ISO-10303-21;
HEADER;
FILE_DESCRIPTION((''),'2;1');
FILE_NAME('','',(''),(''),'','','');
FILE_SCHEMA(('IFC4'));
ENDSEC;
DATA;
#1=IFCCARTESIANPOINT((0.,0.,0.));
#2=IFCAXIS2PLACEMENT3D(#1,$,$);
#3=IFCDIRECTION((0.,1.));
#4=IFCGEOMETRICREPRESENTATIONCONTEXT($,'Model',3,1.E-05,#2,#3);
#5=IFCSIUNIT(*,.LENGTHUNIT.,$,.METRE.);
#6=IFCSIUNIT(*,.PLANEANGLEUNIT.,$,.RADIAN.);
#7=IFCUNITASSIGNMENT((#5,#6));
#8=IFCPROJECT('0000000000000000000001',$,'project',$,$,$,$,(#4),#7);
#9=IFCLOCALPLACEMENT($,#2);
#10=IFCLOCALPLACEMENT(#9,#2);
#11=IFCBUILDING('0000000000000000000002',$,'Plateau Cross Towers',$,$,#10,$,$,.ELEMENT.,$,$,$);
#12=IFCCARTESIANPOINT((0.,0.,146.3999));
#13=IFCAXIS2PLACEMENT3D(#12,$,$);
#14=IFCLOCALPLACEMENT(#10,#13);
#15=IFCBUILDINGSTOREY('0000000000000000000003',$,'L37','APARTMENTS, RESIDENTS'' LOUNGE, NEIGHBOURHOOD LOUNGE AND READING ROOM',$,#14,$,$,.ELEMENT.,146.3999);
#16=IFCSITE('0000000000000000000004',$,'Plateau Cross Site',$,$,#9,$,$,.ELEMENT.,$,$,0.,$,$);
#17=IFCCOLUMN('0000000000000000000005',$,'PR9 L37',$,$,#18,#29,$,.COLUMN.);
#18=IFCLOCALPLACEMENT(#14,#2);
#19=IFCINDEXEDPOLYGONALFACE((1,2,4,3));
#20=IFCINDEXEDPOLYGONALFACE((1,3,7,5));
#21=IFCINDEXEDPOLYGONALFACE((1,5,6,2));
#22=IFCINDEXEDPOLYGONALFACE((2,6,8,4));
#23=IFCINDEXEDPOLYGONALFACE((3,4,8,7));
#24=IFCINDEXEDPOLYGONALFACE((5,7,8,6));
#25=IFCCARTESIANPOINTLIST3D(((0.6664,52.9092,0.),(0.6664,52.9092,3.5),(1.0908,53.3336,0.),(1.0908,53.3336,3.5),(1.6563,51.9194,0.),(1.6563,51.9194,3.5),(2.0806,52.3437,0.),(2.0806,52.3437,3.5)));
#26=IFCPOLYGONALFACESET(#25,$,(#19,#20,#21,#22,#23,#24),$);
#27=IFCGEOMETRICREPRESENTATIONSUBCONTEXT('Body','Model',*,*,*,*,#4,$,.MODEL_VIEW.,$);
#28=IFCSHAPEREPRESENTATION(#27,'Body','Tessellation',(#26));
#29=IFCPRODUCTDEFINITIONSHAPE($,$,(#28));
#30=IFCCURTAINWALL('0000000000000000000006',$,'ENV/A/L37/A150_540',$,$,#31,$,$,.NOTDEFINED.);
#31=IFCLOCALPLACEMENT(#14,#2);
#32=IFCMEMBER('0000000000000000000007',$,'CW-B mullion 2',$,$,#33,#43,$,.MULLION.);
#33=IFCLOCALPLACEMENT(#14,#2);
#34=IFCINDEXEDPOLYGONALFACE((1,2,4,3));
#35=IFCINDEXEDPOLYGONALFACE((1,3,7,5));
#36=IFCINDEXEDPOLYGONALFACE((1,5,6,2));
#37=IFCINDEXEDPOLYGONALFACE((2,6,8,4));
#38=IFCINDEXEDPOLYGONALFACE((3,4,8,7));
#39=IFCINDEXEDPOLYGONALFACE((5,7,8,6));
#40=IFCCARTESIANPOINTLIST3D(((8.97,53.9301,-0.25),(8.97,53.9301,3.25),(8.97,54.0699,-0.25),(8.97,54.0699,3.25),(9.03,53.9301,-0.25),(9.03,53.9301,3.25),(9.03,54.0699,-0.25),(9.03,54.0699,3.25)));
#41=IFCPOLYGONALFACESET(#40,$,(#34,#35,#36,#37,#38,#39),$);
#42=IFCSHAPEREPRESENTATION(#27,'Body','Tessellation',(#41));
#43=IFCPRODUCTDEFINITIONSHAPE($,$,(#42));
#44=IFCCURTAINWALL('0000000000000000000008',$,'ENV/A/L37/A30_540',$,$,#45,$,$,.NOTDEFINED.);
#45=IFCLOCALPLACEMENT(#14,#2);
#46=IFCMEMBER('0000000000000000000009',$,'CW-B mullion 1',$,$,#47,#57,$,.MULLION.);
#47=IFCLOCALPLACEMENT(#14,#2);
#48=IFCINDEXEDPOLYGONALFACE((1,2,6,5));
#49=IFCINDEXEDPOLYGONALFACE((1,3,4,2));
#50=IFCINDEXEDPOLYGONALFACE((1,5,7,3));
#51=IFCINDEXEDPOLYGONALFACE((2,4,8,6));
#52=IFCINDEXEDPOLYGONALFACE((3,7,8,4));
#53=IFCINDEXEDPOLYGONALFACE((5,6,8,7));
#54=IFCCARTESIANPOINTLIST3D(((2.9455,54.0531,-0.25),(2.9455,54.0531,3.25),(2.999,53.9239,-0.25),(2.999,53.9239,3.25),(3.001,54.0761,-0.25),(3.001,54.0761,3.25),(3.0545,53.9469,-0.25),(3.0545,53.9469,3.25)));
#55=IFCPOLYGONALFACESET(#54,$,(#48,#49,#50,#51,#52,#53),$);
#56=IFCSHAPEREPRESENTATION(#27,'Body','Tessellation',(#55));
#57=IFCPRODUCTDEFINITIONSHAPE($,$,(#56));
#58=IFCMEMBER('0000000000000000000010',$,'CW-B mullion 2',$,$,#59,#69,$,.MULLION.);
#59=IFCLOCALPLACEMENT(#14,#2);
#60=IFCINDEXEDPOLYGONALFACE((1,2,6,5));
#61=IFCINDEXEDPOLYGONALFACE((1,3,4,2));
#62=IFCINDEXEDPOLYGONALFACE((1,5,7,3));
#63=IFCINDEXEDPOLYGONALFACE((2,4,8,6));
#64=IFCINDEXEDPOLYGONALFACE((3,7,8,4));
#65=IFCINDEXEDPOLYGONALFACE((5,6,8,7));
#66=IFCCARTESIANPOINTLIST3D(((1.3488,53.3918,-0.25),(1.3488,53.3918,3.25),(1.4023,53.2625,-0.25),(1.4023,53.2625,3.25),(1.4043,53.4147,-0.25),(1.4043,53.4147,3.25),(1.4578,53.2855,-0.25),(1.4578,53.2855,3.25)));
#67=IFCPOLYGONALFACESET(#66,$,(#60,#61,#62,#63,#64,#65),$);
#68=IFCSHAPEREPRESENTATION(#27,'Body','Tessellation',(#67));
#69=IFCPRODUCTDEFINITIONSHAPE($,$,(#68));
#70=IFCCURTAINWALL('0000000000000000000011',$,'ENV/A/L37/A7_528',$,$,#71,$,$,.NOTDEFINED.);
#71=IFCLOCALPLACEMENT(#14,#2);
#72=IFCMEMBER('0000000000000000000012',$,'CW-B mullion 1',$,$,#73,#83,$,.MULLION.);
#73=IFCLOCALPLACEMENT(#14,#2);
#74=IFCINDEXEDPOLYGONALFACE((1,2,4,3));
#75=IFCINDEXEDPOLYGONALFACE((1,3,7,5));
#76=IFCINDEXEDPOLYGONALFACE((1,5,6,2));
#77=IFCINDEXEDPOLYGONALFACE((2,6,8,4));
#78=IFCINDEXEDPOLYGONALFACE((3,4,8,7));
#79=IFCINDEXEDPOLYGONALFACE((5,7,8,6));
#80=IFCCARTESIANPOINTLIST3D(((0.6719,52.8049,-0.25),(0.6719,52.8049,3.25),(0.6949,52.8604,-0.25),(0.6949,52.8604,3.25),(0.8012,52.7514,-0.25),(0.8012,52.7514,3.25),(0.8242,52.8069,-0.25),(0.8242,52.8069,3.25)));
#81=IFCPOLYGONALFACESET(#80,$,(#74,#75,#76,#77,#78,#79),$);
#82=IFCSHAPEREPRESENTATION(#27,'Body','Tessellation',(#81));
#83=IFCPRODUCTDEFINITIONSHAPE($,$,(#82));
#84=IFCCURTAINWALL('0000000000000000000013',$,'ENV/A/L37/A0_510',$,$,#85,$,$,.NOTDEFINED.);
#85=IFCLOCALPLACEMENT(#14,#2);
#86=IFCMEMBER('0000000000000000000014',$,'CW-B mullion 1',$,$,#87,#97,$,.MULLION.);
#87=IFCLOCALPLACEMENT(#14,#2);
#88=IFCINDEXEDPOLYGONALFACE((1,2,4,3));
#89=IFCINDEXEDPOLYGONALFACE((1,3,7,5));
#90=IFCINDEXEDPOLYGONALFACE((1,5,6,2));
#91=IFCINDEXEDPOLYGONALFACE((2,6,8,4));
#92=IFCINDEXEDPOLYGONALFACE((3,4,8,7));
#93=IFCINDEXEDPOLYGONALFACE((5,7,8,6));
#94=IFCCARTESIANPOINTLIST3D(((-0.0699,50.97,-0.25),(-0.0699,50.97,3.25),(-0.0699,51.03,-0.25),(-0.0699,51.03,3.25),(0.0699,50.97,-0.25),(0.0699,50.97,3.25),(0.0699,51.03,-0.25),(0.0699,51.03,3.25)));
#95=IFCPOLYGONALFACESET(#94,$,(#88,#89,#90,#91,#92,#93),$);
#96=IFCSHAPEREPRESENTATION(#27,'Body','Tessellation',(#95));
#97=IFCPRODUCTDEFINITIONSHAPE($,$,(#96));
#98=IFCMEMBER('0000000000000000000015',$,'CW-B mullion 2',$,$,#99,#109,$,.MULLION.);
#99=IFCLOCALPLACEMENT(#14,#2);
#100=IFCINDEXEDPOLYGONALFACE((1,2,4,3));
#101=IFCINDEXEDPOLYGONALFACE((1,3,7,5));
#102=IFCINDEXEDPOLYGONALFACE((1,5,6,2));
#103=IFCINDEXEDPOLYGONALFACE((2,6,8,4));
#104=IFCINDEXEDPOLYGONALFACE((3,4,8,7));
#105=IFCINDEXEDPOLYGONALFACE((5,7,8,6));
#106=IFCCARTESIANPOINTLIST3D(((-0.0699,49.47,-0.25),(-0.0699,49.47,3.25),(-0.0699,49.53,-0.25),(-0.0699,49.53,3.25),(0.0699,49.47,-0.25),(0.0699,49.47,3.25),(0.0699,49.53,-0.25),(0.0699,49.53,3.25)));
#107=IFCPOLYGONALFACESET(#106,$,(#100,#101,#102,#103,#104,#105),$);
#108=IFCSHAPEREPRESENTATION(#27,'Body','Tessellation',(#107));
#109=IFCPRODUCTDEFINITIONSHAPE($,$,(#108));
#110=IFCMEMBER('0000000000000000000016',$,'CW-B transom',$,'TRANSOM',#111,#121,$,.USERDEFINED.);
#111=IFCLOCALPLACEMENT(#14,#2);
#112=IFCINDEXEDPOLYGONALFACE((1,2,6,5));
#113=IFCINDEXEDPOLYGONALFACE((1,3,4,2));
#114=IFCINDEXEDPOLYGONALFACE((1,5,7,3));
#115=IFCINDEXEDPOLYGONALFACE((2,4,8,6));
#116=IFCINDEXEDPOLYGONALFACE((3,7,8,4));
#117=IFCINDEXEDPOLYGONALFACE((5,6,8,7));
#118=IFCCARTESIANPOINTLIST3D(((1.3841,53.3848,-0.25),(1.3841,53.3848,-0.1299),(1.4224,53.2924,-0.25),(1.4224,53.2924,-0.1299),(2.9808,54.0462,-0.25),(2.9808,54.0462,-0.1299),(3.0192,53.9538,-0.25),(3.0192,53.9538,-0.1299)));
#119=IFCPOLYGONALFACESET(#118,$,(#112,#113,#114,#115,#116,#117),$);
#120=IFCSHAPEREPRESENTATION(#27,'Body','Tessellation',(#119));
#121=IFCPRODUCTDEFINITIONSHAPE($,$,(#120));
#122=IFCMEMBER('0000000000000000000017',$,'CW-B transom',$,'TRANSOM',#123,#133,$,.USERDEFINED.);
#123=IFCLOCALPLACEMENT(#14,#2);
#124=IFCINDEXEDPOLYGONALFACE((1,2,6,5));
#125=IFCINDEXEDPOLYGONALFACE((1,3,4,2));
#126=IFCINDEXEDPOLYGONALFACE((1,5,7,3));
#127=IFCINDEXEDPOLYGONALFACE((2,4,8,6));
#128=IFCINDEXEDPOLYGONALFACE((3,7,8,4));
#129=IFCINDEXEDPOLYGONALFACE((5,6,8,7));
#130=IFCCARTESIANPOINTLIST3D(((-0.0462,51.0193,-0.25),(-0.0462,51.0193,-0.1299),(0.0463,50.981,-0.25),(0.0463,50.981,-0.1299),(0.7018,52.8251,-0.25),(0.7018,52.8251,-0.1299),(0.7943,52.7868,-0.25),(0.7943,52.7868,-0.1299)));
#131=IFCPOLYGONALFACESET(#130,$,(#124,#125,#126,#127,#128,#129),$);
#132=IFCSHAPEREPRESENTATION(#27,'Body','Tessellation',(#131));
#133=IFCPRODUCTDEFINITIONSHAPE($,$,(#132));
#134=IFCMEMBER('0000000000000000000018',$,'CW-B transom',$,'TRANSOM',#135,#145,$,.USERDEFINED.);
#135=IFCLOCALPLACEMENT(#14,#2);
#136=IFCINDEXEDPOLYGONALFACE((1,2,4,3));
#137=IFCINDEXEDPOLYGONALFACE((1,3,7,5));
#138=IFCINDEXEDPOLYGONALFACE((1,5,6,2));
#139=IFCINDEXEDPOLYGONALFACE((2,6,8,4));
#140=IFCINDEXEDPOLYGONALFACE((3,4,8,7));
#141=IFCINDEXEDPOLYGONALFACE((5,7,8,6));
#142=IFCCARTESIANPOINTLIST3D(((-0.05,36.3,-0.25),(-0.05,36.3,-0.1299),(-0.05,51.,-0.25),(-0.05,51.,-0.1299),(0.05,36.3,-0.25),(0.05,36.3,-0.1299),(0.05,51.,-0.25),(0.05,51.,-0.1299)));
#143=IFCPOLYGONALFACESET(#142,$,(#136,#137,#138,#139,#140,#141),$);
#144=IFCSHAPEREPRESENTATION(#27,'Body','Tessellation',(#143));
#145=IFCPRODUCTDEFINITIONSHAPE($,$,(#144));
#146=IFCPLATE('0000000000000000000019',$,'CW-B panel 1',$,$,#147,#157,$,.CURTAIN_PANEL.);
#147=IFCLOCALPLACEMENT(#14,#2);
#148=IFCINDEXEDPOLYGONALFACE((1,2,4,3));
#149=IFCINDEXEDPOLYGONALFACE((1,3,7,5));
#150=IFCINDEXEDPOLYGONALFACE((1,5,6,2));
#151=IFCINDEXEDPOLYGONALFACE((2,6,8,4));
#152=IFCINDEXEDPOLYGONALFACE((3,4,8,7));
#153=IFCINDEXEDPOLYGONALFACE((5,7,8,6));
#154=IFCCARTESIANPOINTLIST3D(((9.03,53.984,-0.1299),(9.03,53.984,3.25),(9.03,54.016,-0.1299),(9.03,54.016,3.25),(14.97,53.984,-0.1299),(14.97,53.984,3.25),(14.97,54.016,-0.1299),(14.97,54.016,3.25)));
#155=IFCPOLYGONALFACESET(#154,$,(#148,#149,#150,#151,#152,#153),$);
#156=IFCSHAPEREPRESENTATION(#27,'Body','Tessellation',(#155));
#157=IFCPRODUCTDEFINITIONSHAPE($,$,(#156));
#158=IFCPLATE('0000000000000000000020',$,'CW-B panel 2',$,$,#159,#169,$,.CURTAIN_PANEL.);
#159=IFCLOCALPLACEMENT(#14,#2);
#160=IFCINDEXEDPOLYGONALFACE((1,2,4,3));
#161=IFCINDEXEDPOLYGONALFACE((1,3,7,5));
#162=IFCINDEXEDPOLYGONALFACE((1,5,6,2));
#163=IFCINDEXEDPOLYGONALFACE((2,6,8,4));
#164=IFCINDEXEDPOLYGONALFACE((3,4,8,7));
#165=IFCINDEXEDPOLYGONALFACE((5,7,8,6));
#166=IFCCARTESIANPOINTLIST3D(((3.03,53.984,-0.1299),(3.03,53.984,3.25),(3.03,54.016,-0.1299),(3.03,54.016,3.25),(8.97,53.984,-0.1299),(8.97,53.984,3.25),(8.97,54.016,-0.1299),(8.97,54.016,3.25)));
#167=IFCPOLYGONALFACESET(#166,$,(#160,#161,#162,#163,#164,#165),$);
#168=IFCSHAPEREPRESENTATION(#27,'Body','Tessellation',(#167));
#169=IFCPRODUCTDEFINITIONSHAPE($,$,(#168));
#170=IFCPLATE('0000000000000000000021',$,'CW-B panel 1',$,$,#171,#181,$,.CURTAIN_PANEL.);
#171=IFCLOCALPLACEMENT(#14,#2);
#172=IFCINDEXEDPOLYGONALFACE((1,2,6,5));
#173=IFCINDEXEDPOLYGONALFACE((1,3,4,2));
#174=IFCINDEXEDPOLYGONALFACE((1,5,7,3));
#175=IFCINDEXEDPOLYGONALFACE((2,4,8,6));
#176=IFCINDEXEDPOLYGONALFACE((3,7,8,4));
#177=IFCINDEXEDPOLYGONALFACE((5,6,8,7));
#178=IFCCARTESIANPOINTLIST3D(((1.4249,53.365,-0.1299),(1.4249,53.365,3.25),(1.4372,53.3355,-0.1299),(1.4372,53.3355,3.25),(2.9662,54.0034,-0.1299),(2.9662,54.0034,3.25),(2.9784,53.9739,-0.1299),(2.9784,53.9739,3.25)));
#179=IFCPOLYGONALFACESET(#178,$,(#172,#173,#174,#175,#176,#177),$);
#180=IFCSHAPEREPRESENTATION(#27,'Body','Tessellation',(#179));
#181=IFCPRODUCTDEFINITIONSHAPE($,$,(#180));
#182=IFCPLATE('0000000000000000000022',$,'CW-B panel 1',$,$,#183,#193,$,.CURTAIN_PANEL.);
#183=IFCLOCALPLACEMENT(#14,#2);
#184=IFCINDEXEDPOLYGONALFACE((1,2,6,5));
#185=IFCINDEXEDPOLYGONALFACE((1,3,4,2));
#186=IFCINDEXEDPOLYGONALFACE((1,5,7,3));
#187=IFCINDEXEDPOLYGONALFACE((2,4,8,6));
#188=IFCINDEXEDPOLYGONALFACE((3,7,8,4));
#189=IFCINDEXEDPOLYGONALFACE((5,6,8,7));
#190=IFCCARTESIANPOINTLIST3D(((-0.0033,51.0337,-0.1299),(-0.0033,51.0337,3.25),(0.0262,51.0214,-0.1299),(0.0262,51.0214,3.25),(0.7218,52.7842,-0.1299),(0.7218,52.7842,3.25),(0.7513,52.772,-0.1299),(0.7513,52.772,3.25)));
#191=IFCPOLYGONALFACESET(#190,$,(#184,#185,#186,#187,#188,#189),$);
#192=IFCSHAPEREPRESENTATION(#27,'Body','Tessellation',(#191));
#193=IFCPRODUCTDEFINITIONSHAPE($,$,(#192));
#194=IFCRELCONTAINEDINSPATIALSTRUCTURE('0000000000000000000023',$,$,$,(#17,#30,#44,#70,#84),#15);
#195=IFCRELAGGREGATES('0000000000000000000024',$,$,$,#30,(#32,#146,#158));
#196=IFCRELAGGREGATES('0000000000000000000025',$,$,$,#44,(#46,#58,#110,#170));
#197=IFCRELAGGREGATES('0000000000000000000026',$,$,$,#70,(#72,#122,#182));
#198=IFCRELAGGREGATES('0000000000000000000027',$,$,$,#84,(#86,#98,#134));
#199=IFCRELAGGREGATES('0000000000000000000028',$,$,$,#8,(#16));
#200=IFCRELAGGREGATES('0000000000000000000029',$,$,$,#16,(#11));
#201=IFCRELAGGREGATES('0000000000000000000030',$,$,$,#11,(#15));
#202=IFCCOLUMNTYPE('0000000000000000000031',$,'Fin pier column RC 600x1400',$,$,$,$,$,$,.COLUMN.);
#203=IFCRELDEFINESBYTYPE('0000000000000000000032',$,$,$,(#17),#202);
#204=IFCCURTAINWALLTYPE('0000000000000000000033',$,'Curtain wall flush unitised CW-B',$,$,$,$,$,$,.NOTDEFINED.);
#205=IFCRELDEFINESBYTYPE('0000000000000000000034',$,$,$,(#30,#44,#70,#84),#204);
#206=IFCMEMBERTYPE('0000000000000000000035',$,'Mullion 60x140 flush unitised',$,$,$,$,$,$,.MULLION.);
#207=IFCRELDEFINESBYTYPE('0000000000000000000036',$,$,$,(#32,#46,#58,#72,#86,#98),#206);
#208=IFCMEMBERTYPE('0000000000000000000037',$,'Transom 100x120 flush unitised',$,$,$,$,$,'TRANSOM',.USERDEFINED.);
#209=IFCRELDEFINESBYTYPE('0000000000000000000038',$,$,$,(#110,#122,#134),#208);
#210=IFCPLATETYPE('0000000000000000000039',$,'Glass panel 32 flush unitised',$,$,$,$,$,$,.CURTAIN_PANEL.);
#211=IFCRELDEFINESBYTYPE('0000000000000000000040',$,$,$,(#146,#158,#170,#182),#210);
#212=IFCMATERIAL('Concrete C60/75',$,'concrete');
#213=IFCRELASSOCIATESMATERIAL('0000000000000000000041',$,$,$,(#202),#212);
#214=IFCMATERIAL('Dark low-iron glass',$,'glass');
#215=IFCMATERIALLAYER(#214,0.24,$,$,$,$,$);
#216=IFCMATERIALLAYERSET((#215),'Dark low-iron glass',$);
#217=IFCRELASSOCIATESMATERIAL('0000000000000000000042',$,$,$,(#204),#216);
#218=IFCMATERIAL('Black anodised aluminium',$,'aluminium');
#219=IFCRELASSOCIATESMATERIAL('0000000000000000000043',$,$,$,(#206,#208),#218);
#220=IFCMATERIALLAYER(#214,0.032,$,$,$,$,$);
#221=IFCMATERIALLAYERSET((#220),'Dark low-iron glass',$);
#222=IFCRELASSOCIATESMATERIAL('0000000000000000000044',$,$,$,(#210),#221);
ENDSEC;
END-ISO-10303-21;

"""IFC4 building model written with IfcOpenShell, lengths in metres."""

from ifc_helpers import new_model, si_unit, direction, frame, origin, origin_2d, place, context, subcontext, project, spatial, rectangle, extrude, material, layer, layer_set, material_profile, profile_set, type_object, element, aggregate, save


model = new_model("IFC4")

# Units and contexts
model_context = context("Model", 3, precision=1e-05, world=origin(), true_north=direction((0.0, 1.0)))
body_context = subcontext(model_context, "Body", "Model", "MODEL_VIEW")
ifc_project = project(units=[si_unit("LENGTHUNIT", "METRE"), si_unit("PLANEANGLEUNIT", "RADIAN")], contexts=[model_context])

# Site, building, storey
site_placement = place(None, origin())
site = spatial("IfcSite", under=ifc_project, at=site_placement, Name="Plateau Cross Site", CompositionType="ELEMENT", RefElevation=0.0)
building_placement = place(site_placement, origin())
building = spatial("IfcBuilding", under=site, at=building_placement, Name="Plateau Cross Towers", CompositionType="ELEMENT")
storey_placement = place(building_placement, frame((0.0, 0.0, 146.3999)))
storey = spatial("IfcBuildingStorey", under=building, at=storey_placement, Name="L37", Description="APARTMENTS, RESIDENTS' LOUNGE, NEIGHBOURHOOD LOUNGE AND READING ROOM", CompositionType="ELEMENT", Elevation=146.3999)

# Column
ifc_material_1 = material(Name="Concrete C60/75", Category="concrete")
ifc_material_profile_1 = material_profile(ifc_material_1, rectangle(XDim=0.6001, YDim=1.3999, at=origin_2d()), Name="RC 600x1400")
ifc_profile_set_1 = profile_set([ifc_material_profile_1], Name="Concrete C60/75")
column_type = type_object("IfcColumnType", Name="Fin pier column RC 600x1400", PredefinedType="COLUMN", material=ifc_profile_set_1)
column_placement = place(storey_placement, frame((1.3735, 52.6265, 0.0), z_axis=(0.0, 0.0, 1.0), x_axis=(0.707107, 0.707107, 0.0)))
element("IfcColumn", 1, at=column_placement, inside=storey, type_object=column_type, Name="PR9 L37", PredefinedType="COLUMN", context=body_context, shape_type="SweptSolid", body=[
    extrude(rectangle(XDim=0.6001, YDim=1.3999, at=origin_2d()), origin(), (0.0, 0.0, 1.0), 3.5),
])

# Curtain wall, member
ifc_material_2 = material(Name="Dark low-iron glass", Category="glass")
ifc_layer_1 = layer(ifc_material_2, 0.24)
ifc_layer_set_1 = layer_set([ifc_layer_1], Name="Dark low-iron glass")
curtain_wall_type = type_object("IfcCurtainWallType", Name="Curtain wall flush unitised CW-B", PredefinedType="NOTDEFINED", material=ifc_layer_set_1)
curtain_wall_1_placement = place(storey_placement, origin())
curtain_wall_1 = element("IfcCurtainWall", 2, at=curtain_wall_1_placement, inside=storey, type_object=curtain_wall_type, Name="ENV/A/L37/A150_540", PredefinedType="NOTDEFINED")
ifc_material_3 = material(Name="Black anodised aluminium", Category="aluminium")
ifc_material_profile_2 = material_profile(ifc_material_3, rectangle(XDim=0.0601, YDim=0.1399, at=origin_2d()), Name="MULLION 60x140")
ifc_profile_set_2 = profile_set([ifc_material_profile_2], Name="Black anodised aluminium")
member_type_1 = type_object("IfcMemberType", Name="Mullion 60x140 flush unitised", PredefinedType="MULLION", material=ifc_profile_set_2)
member_1_placement = place(storey_placement, frame((9.0, 54.0, -0.25), z_axis=(0.0, 0.0, 1.0), x_axis=(-1.0, 0.0, 0.0)))
member_1 = element("IfcMember", 3, at=member_1_placement, type_object=member_type_1, Name="CW-B mullion 2", PredefinedType="MULLION", context=body_context, shape_type="SweptSolid", body=[
    extrude(rectangle(XDim=0.0601, YDim=0.1399, at=origin_2d()), origin(), (0.0, 0.0, 1.0), 3.5),
])

# Curtain wall, members
curtain_wall_2_placement = place(storey_placement, origin())
curtain_wall_2 = element("IfcCurtainWall", 4, at=curtain_wall_2_placement, inside=storey, type_object=curtain_wall_type, Name="ENV/A/L37/A30_540", PredefinedType="NOTDEFINED")
member_2_placement = place(storey_placement, frame((3.0, 54.0, -0.25), z_axis=(0.0, 0.0, 1.0), x_axis=(-0.923879, -0.382684, 0.0)))
member_2 = element("IfcMember", 5, at=member_2_placement, type_object=member_type_1, Name="CW-B mullion 1", PredefinedType="MULLION", context=body_context, shape_type="SweptSolid", body=[
    extrude(rectangle(XDim=0.0601, YDim=0.1399, at=origin_2d()), origin(), (0.0, 0.0, 1.0), 3.5),
])
member_3_placement = place(storey_placement, frame((1.4033, 53.3386, -0.25), z_axis=(0.0, 0.0, 1.0), x_axis=(-0.923879, -0.382684, 0.0)))
member_3 = element("IfcMember", 6, at=member_3_placement, type_object=member_type_1, Name="CW-B mullion 2", PredefinedType="MULLION", context=body_context, shape_type="SweptSolid", body=[
    extrude(rectangle(XDim=0.0601, YDim=0.1399, at=origin_2d()), origin(), (0.0, 0.0, 1.0), 3.5),
])

# Curtain wall, member
curtain_wall_3_placement = place(storey_placement, origin())
curtain_wall_3 = element("IfcCurtainWall", 7, at=curtain_wall_3_placement, inside=storey, type_object=curtain_wall_type, Name="ENV/A/L37/A7_528", PredefinedType="NOTDEFINED")
member_4_placement = place(storey_placement, frame((0.748, 52.8059, -0.25), z_axis=(0.0, 0.0, 1.0), x_axis=(-0.382684, -0.923879, 0.0)))
member_4 = element("IfcMember", 8, at=member_4_placement, type_object=member_type_1, Name="CW-B mullion 1", PredefinedType="MULLION", context=body_context, shape_type="SweptSolid", body=[
    extrude(rectangle(XDim=0.0601, YDim=0.1399, at=origin_2d()), origin(), (0.0, 0.0, 1.0), 3.5),
])

# Curtain wall, members
curtain_wall_4_placement = place(storey_placement, origin())
curtain_wall_4 = element("IfcCurtainWall", 9, at=curtain_wall_4_placement, inside=storey, type_object=curtain_wall_type, Name="ENV/A/L37/A0_510", PredefinedType="NOTDEFINED")
member_5_placement = place(storey_placement, frame((0.0, 51.0, -0.25), z_axis=(0.0, 0.0, 1.0), x_axis=(0.0, -1.0, 0.0)))
member_5 = element("IfcMember", 10, at=member_5_placement, type_object=member_type_1, Name="CW-B mullion 1", PredefinedType="MULLION", context=body_context, shape_type="SweptSolid", body=[
    extrude(rectangle(XDim=0.0601, YDim=0.1399, at=origin_2d()), origin(), (0.0, 0.0, 1.0), 3.5),
])
member_6_placement = place(storey_placement, frame((0.0, 49.5, -0.25), z_axis=(0.0, 0.0, 1.0), x_axis=(0.0, -1.0, 0.0)))
member_6 = element("IfcMember", 11, at=member_6_placement, type_object=member_type_1, Name="CW-B mullion 2", PredefinedType="MULLION", context=body_context, shape_type="SweptSolid", body=[
    extrude(rectangle(XDim=0.0601, YDim=0.1399, at=origin_2d()), origin(), (0.0, 0.0, 1.0), 3.5),
])

# Members
ifc_material_profile_3 = material_profile(ifc_material_3, rectangle(XDim=0.1001, YDim=0.1201, at=origin_2d()), Name="TRANSOM 100x120")
ifc_profile_set_3 = profile_set([ifc_material_profile_3], Name="Black anodised aluminium")
member_type_2 = type_object("IfcMemberType", Name="Transom 100x120 flush unitised", ElementType="TRANSOM", PredefinedType="USERDEFINED", material=ifc_profile_set_3)
member_7_placement = place(storey_placement, frame((3.0, 54.0, -0.1899), z_axis=(-0.923877, -0.382689, 0.0), x_axis=(0.382689, -0.923877, 0.0)))
member_7 = element("IfcMember", 12, at=member_7_placement, type_object=member_type_2, Name="CW-B transom", ObjectType="TRANSOM", PredefinedType="USERDEFINED", context=body_context, shape_type="SweptSolid", body=[
    extrude(rectangle(XDim=0.1001, YDim=0.1201, at=origin_2d()), origin(), (0.0, 0.0, 1.0), 1.7283),
])
member_8_placement = place(storey_placement, frame((0.748, 52.8059, -0.1899), z_axis=(-0.38269, -0.923877, 0.0), x_axis=(0.923877, -0.38269, 0.0)))
member_8 = element("IfcMember", 13, at=member_8_placement, type_object=member_type_2, Name="CW-B transom", ObjectType="TRANSOM", PredefinedType="USERDEFINED", context=body_context, shape_type="SweptSolid", body=[
    extrude(rectangle(XDim=0.1001, YDim=0.1201, at=origin_2d()), origin(), (0.0, 0.0, 1.0), 1.9546),
])
member_9_placement = place(storey_placement, frame((0.0, 51.0, -0.1899), z_axis=(0.0, -1.0, 0.0), x_axis=(1.0, 0.0, 0.0)))
member_9 = element("IfcMember", 14, at=member_9_placement, type_object=member_type_2, Name="CW-B transom", ObjectType="TRANSOM", PredefinedType="USERDEFINED", context=body_context, shape_type="SweptSolid", body=[
    extrude(rectangle(XDim=0.1001, YDim=0.1201, at=origin_2d()), origin(), (0.0, 0.0, 1.0), 14.7),
])

# Plates
ifc_layer_2 = layer(ifc_material_2, 0.032)
ifc_layer_set_2 = layer_set([ifc_layer_2], Name="Dark low-iron glass")
plate_type = type_object("IfcPlateType", Name="Glass panel 32 flush unitised", PredefinedType="CURTAIN_PANEL", material=ifc_layer_set_2)
plate_1_placement = place(storey_placement, frame((12.0, 54.0, -0.1299), z_axis=(0.0, 0.0, 1.0), x_axis=(-1.0, 0.0, 0.0)))
plate_1 = element("IfcPlate", 15, at=plate_1_placement, type_object=plate_type, Name="CW-B panel 1", PredefinedType="CURTAIN_PANEL", context=body_context, shape_type="SweptSolid", body=[
    extrude(rectangle(XDim=5.9399, YDim=0.032, at=origin_2d()), origin(), (0.0, 0.0, 1.0), 3.3799),
])
plate_2_placement = place(storey_placement, frame((6.0, 54.0, -0.1299), z_axis=(0.0, 0.0, 1.0), x_axis=(-1.0, 0.0, 0.0)))
plate_2 = element("IfcPlate", 16, at=plate_2_placement, type_object=plate_type, Name="CW-B panel 2", PredefinedType="CURTAIN_PANEL", context=body_context, shape_type="SweptSolid", body=[
    extrude(rectangle(XDim=5.9399, YDim=0.032, at=origin_2d()), origin(), (0.0, 0.0, 1.0), 3.3799),
])
aggregate(curtain_wall_1, [member_1, plate_1, plate_2])
plate_3_placement = place(storey_placement, frame((2.2017, 53.6694, -0.1299), z_axis=(0.0, 0.0, 1.0), x_axis=(-0.923879, -0.382684, 0.0)))
plate_3 = element("IfcPlate", 17, at=plate_3_placement, type_object=plate_type, Name="CW-B panel 1", PredefinedType="CURTAIN_PANEL", context=body_context, shape_type="SweptSolid", body=[
    extrude(rectangle(XDim=1.6682, YDim=0.032, at=origin_2d()), origin(), (0.0, 0.0, 1.0), 3.3799),
])
aggregate(curtain_wall_2, [member_2, member_3, member_7, plate_3])
plate_4_placement = place(storey_placement, frame((0.374, 51.9028, -0.1299), z_axis=(0.0, 0.0, 1.0), x_axis=(-0.382684, -0.923879, 0.0)))
plate_4 = element("IfcPlate", 18, at=plate_4_placement, type_object=plate_type, Name="CW-B panel 1", PredefinedType="CURTAIN_PANEL", context=body_context, shape_type="SweptSolid", body=[
    extrude(rectangle(XDim=1.8948, YDim=0.032, at=origin_2d()), origin(), (0.0, 0.0, 1.0), 3.3799),
])
aggregate(curtain_wall_3, [member_4, member_8, plate_4])
aggregate(curtain_wall_4, [member_5, member_6, member_9])

save(model, "model.ifc")
